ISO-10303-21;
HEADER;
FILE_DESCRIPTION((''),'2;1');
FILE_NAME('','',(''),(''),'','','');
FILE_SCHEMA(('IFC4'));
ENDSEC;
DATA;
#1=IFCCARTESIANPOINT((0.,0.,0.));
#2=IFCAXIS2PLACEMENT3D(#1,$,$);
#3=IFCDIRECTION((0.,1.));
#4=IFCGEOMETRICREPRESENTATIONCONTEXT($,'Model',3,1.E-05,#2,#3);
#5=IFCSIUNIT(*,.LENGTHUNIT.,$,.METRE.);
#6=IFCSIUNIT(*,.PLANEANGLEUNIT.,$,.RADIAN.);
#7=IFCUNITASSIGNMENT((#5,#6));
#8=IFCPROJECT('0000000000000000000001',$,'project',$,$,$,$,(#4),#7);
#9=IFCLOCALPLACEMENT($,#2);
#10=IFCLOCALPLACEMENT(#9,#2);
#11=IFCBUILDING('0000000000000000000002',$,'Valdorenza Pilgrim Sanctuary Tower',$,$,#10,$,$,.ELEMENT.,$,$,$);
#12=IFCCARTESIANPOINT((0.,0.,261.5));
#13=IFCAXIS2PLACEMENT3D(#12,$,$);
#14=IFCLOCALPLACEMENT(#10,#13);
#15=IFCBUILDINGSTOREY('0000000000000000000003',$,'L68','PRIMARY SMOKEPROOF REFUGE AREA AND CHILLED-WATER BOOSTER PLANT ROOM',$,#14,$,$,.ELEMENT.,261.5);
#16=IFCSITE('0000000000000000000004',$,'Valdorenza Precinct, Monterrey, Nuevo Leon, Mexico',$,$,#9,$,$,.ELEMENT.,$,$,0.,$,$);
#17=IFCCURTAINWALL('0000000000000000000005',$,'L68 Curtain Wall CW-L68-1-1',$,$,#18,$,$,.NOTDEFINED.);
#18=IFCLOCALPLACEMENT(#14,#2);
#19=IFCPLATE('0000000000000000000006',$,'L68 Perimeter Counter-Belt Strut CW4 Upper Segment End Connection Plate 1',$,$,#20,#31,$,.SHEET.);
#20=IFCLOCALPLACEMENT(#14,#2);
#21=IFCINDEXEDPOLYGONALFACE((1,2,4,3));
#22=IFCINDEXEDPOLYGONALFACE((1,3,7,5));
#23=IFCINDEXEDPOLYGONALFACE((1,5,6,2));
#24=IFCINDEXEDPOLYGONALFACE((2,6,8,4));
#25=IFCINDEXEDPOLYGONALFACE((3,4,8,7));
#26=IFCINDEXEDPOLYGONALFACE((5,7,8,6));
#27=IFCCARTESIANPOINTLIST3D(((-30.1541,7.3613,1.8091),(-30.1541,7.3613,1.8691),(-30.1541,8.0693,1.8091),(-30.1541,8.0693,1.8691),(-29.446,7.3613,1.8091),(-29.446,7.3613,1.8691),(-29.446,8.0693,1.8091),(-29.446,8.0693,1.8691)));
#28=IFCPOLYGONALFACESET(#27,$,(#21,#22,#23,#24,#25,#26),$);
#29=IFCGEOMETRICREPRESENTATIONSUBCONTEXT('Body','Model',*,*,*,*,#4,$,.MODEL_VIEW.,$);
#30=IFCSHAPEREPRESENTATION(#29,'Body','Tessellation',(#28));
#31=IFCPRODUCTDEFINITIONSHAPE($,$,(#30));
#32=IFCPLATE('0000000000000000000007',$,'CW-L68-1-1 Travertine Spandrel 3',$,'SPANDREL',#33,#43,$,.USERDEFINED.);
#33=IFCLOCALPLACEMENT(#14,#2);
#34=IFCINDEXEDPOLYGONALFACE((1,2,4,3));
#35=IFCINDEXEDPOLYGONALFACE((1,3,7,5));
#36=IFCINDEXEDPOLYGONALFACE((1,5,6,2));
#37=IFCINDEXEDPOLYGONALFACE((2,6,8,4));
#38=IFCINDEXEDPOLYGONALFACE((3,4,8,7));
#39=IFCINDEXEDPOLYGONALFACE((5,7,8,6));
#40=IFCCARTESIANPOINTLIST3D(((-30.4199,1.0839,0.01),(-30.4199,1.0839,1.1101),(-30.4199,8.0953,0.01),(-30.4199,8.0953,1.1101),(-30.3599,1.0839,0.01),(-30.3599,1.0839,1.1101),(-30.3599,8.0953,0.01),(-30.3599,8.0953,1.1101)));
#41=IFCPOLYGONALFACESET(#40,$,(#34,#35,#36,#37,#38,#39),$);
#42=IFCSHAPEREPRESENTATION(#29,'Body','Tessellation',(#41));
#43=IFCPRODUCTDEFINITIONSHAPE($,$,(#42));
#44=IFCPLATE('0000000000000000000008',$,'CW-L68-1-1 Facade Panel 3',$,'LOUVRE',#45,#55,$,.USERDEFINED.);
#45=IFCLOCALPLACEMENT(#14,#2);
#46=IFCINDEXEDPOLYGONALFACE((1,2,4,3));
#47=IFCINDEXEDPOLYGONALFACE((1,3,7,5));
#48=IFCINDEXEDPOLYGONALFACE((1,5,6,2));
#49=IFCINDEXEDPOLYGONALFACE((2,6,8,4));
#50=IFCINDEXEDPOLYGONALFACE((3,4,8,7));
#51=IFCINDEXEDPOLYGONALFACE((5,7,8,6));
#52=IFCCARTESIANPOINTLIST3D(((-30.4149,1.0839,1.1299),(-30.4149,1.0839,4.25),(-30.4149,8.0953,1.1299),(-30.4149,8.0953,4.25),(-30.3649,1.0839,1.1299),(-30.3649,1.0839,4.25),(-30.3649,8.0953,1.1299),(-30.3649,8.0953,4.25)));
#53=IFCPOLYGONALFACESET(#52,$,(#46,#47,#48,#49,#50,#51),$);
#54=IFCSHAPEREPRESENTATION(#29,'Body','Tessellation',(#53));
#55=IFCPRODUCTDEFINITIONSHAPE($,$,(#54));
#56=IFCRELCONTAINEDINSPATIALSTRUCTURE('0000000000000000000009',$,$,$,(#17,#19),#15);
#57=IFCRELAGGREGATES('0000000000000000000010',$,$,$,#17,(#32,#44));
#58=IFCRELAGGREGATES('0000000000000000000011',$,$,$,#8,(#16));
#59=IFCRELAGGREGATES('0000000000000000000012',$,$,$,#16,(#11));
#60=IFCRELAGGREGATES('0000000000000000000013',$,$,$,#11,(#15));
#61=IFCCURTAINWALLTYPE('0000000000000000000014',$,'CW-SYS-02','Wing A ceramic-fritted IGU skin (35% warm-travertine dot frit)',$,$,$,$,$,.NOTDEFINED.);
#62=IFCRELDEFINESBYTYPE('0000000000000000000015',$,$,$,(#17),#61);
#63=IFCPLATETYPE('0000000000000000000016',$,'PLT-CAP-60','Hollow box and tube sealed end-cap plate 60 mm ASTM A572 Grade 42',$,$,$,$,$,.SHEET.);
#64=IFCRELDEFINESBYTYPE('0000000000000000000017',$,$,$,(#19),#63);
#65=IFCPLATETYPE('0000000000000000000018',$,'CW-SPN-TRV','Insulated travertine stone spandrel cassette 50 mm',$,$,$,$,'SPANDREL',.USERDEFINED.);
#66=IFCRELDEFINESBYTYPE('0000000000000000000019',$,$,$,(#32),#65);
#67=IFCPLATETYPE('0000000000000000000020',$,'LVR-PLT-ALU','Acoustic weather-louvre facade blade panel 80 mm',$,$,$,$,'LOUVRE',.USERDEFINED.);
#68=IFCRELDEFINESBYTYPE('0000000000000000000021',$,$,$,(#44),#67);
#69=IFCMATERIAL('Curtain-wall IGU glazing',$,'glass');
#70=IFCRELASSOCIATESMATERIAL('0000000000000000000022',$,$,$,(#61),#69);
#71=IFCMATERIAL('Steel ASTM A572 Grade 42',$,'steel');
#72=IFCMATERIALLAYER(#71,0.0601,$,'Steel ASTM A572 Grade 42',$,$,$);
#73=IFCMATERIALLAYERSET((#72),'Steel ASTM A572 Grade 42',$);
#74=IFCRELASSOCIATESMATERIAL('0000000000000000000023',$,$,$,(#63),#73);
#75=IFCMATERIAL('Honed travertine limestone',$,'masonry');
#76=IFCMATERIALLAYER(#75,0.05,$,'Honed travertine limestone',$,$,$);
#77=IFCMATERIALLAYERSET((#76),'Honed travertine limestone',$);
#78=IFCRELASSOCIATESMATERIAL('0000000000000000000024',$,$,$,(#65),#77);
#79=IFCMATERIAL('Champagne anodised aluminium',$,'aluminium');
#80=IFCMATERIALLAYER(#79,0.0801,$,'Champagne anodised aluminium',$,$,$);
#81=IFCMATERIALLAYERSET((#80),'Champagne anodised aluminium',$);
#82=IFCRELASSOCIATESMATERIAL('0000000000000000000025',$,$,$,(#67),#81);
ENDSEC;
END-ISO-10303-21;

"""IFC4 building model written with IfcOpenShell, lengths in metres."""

from ifc_helpers import new_model, si_unit, direction, frame, origin, origin_2d, place, context, subcontext, project, spatial, rectangle, extrude, source, transform, mapped, material, layer, layer_set, type_object, element, aggregate, save


model = new_model("IFC4")

# Units and contexts
model_context = context("Model", 3, precision=1e-05, world=origin(), true_north=direction((0.0, 1.0)))
body_context = subcontext(model_context, "Body", "Model", "MODEL_VIEW")
ifc_project = project(units=[si_unit("LENGTHUNIT", "METRE"), si_unit("PLANEANGLEUNIT", "RADIAN")], contexts=[model_context])

# Site, building, storey
site_placement = place(None, origin())
site = spatial("IfcSite", under=ifc_project, at=site_placement, Name="Valdorenza Precinct, Monterrey, Nuevo Leon, Mexico", CompositionType="ELEMENT", RefElevation=0.0)
building_placement = place(site_placement, origin())
building = spatial("IfcBuilding", under=site, at=building_placement, Name="Valdorenza Pilgrim Sanctuary Tower", CompositionType="ELEMENT")
storey_placement = place(building_placement, frame((0.0, 0.0, 261.5)))
storey = spatial("IfcBuildingStorey", under=building, at=storey_placement, Name="L68", Description="PRIMARY SMOKEPROOF REFUGE AREA AND CHILLED-WATER BOOSTER PLANT ROOM", CompositionType="ELEMENT", Elevation=261.5)

# Shared definitions
ifc_material_1 = material(Name="Steel ASTM A572 Grade 42", Category="steel")

# Curtain wall
ifc_material_2 = material(Name="Curtain-wall IGU glazing", Category="glass")
curtain_wall_type = type_object("IfcCurtainWallType", Name="CW-SYS-02", Description="Wing A ceramic-fritted IGU skin (35% warm-travertine dot frit)", PredefinedType="NOTDEFINED", material=ifc_material_2)
curtain_wall_placement = place(storey_placement, origin())
curtain_wall = element("IfcCurtainWall", 1, at=curtain_wall_placement, inside=storey, type_object=curtain_wall_type, Name="L68 Curtain Wall CW-L68-1-1", PredefinedType="NOTDEFINED")

# Plate
ifc_layer_1 = layer(ifc_material_1, 0.0601, Name="Steel ASTM A572 Grade 42")
ifc_layer_set_1 = layer_set([ifc_layer_1], Name="Steel ASTM A572 Grade 42")
plate_type_1 = type_object("IfcPlateType", Name="PLT-CAP-60", Description="Hollow box and tube sealed end-cap plate 60 mm ASTM A572 Grade 42", PredefinedType="SHEET", material=ifc_layer_set_1)
shared_shape_1 = source(origin(), body_context, "Body", "SweptSolid", [
    extrude(rectangle(XDim=0.708, YDim=0.708, at=origin_2d()), origin(), (0.0, 0.0, 1.0), 0.0601),
])
for number, where, z_axis, x_axis, name in (
    (2, (-29.8, 7.7153, 1.8091), (0.0, 0.0, 1.0), (1.0, 0.0, 0.0), "L68 Perimeter Counter-Belt Strut CW4 Upper Segment End Connection Plate 1"),
):
    element("IfcPlate", number, at=place(storey_placement, frame(where, z_axis=z_axis, x_axis=x_axis)), inside=storey, type_object=plate_type_1, Name=name, PredefinedType="SHEET", context=body_context, shape_type="MappedRepresentation", body=[
        mapped(shared_shape_1, transform((0.0, 0.0, 0.0), x_axis=(1.0, 0.0, 0.0), y_axis=(0.0, 1.0, 0.0), z_axis=(0.0, 0.0, 1.0), scale=1.0)),
    ])

# Plates
ifc_material_3 = material(Name="Honed travertine limestone", Category="masonry")
ifc_layer_2 = layer(ifc_material_3, 0.05, Name="Honed travertine limestone")
ifc_layer_set_2 = layer_set([ifc_layer_2], Name="Honed travertine limestone")
plate_type_2 = type_object("IfcPlateType", Name="CW-SPN-TRV", Description="Insulated travertine stone spandrel cassette 50 mm", ElementType="SPANDREL", PredefinedType="USERDEFINED", material=ifc_layer_set_2)
shared_shape_2 = source(origin(), body_context, "Body", "SweptSolid", [
    extrude(rectangle(XDim=7.0115, YDim=0.0601, at=origin_2d()), origin(), (0.0, 0.0, 1.0), 1.1001),
])
plate_1_placement = place(storey_placement, frame((-30.3899, 4.5896, 0.01), z_axis=(0.0, 0.0, 1.0), x_axis=(0.0, 1.0, 0.0)))
plate_1 = element("IfcPlate", 3, at=plate_1_placement, type_object=plate_type_2, Name="CW-L68-1-1 Travertine Spandrel 3", ObjectType="SPANDREL", PredefinedType="USERDEFINED", context=body_context, shape_type="MappedRepresentation", body=[
    mapped(shared_shape_2, transform((0.0, 0.0, 0.0), x_axis=(1.0, 0.0, 0.0), y_axis=(0.0, 1.0, 0.0), z_axis=(0.0, 0.0, 1.0), scale=1.0)),
])
ifc_material_4 = material(Name="Champagne anodised aluminium", Category="aluminium")
ifc_layer_3 = layer(ifc_material_4, 0.0801, Name="Champagne anodised aluminium")
ifc_layer_set_3 = layer_set([ifc_layer_3], Name="Champagne anodised aluminium")
plate_type_3 = type_object("IfcPlateType", Name="LVR-PLT-ALU", Description="Acoustic weather-louvre facade blade panel 80 mm", ElementType="LOUVRE", PredefinedType="USERDEFINED", material=ifc_layer_set_3)
shared_shape_3 = source(origin(), body_context, "Body", "SweptSolid", [
    extrude(rectangle(XDim=7.0115, YDim=0.05, at=origin_2d()), origin(), (0.0, 0.0, 1.0), 3.1201),
])
plate_2_placement = place(storey_placement, frame((-30.3899, 4.5896, 1.1299), z_axis=(0.0, 0.0, 1.0), x_axis=(0.0, 1.0, 0.0)))
plate_2 = element("IfcPlate", 4, at=plate_2_placement, type_object=plate_type_3, Name="CW-L68-1-1 Facade Panel 3", ObjectType="LOUVRE", PredefinedType="USERDEFINED", context=body_context, shape_type="MappedRepresentation", body=[
    mapped(shared_shape_3, transform((0.0, 0.0, 0.0), x_axis=(1.0, 0.0, 0.0), y_axis=(0.0, 1.0, 0.0), z_axis=(0.0, 0.0, 1.0), scale=1.0)),
])
aggregate(curtain_wall, [plate_1, plate_2])

save(model, "model.ifc")
